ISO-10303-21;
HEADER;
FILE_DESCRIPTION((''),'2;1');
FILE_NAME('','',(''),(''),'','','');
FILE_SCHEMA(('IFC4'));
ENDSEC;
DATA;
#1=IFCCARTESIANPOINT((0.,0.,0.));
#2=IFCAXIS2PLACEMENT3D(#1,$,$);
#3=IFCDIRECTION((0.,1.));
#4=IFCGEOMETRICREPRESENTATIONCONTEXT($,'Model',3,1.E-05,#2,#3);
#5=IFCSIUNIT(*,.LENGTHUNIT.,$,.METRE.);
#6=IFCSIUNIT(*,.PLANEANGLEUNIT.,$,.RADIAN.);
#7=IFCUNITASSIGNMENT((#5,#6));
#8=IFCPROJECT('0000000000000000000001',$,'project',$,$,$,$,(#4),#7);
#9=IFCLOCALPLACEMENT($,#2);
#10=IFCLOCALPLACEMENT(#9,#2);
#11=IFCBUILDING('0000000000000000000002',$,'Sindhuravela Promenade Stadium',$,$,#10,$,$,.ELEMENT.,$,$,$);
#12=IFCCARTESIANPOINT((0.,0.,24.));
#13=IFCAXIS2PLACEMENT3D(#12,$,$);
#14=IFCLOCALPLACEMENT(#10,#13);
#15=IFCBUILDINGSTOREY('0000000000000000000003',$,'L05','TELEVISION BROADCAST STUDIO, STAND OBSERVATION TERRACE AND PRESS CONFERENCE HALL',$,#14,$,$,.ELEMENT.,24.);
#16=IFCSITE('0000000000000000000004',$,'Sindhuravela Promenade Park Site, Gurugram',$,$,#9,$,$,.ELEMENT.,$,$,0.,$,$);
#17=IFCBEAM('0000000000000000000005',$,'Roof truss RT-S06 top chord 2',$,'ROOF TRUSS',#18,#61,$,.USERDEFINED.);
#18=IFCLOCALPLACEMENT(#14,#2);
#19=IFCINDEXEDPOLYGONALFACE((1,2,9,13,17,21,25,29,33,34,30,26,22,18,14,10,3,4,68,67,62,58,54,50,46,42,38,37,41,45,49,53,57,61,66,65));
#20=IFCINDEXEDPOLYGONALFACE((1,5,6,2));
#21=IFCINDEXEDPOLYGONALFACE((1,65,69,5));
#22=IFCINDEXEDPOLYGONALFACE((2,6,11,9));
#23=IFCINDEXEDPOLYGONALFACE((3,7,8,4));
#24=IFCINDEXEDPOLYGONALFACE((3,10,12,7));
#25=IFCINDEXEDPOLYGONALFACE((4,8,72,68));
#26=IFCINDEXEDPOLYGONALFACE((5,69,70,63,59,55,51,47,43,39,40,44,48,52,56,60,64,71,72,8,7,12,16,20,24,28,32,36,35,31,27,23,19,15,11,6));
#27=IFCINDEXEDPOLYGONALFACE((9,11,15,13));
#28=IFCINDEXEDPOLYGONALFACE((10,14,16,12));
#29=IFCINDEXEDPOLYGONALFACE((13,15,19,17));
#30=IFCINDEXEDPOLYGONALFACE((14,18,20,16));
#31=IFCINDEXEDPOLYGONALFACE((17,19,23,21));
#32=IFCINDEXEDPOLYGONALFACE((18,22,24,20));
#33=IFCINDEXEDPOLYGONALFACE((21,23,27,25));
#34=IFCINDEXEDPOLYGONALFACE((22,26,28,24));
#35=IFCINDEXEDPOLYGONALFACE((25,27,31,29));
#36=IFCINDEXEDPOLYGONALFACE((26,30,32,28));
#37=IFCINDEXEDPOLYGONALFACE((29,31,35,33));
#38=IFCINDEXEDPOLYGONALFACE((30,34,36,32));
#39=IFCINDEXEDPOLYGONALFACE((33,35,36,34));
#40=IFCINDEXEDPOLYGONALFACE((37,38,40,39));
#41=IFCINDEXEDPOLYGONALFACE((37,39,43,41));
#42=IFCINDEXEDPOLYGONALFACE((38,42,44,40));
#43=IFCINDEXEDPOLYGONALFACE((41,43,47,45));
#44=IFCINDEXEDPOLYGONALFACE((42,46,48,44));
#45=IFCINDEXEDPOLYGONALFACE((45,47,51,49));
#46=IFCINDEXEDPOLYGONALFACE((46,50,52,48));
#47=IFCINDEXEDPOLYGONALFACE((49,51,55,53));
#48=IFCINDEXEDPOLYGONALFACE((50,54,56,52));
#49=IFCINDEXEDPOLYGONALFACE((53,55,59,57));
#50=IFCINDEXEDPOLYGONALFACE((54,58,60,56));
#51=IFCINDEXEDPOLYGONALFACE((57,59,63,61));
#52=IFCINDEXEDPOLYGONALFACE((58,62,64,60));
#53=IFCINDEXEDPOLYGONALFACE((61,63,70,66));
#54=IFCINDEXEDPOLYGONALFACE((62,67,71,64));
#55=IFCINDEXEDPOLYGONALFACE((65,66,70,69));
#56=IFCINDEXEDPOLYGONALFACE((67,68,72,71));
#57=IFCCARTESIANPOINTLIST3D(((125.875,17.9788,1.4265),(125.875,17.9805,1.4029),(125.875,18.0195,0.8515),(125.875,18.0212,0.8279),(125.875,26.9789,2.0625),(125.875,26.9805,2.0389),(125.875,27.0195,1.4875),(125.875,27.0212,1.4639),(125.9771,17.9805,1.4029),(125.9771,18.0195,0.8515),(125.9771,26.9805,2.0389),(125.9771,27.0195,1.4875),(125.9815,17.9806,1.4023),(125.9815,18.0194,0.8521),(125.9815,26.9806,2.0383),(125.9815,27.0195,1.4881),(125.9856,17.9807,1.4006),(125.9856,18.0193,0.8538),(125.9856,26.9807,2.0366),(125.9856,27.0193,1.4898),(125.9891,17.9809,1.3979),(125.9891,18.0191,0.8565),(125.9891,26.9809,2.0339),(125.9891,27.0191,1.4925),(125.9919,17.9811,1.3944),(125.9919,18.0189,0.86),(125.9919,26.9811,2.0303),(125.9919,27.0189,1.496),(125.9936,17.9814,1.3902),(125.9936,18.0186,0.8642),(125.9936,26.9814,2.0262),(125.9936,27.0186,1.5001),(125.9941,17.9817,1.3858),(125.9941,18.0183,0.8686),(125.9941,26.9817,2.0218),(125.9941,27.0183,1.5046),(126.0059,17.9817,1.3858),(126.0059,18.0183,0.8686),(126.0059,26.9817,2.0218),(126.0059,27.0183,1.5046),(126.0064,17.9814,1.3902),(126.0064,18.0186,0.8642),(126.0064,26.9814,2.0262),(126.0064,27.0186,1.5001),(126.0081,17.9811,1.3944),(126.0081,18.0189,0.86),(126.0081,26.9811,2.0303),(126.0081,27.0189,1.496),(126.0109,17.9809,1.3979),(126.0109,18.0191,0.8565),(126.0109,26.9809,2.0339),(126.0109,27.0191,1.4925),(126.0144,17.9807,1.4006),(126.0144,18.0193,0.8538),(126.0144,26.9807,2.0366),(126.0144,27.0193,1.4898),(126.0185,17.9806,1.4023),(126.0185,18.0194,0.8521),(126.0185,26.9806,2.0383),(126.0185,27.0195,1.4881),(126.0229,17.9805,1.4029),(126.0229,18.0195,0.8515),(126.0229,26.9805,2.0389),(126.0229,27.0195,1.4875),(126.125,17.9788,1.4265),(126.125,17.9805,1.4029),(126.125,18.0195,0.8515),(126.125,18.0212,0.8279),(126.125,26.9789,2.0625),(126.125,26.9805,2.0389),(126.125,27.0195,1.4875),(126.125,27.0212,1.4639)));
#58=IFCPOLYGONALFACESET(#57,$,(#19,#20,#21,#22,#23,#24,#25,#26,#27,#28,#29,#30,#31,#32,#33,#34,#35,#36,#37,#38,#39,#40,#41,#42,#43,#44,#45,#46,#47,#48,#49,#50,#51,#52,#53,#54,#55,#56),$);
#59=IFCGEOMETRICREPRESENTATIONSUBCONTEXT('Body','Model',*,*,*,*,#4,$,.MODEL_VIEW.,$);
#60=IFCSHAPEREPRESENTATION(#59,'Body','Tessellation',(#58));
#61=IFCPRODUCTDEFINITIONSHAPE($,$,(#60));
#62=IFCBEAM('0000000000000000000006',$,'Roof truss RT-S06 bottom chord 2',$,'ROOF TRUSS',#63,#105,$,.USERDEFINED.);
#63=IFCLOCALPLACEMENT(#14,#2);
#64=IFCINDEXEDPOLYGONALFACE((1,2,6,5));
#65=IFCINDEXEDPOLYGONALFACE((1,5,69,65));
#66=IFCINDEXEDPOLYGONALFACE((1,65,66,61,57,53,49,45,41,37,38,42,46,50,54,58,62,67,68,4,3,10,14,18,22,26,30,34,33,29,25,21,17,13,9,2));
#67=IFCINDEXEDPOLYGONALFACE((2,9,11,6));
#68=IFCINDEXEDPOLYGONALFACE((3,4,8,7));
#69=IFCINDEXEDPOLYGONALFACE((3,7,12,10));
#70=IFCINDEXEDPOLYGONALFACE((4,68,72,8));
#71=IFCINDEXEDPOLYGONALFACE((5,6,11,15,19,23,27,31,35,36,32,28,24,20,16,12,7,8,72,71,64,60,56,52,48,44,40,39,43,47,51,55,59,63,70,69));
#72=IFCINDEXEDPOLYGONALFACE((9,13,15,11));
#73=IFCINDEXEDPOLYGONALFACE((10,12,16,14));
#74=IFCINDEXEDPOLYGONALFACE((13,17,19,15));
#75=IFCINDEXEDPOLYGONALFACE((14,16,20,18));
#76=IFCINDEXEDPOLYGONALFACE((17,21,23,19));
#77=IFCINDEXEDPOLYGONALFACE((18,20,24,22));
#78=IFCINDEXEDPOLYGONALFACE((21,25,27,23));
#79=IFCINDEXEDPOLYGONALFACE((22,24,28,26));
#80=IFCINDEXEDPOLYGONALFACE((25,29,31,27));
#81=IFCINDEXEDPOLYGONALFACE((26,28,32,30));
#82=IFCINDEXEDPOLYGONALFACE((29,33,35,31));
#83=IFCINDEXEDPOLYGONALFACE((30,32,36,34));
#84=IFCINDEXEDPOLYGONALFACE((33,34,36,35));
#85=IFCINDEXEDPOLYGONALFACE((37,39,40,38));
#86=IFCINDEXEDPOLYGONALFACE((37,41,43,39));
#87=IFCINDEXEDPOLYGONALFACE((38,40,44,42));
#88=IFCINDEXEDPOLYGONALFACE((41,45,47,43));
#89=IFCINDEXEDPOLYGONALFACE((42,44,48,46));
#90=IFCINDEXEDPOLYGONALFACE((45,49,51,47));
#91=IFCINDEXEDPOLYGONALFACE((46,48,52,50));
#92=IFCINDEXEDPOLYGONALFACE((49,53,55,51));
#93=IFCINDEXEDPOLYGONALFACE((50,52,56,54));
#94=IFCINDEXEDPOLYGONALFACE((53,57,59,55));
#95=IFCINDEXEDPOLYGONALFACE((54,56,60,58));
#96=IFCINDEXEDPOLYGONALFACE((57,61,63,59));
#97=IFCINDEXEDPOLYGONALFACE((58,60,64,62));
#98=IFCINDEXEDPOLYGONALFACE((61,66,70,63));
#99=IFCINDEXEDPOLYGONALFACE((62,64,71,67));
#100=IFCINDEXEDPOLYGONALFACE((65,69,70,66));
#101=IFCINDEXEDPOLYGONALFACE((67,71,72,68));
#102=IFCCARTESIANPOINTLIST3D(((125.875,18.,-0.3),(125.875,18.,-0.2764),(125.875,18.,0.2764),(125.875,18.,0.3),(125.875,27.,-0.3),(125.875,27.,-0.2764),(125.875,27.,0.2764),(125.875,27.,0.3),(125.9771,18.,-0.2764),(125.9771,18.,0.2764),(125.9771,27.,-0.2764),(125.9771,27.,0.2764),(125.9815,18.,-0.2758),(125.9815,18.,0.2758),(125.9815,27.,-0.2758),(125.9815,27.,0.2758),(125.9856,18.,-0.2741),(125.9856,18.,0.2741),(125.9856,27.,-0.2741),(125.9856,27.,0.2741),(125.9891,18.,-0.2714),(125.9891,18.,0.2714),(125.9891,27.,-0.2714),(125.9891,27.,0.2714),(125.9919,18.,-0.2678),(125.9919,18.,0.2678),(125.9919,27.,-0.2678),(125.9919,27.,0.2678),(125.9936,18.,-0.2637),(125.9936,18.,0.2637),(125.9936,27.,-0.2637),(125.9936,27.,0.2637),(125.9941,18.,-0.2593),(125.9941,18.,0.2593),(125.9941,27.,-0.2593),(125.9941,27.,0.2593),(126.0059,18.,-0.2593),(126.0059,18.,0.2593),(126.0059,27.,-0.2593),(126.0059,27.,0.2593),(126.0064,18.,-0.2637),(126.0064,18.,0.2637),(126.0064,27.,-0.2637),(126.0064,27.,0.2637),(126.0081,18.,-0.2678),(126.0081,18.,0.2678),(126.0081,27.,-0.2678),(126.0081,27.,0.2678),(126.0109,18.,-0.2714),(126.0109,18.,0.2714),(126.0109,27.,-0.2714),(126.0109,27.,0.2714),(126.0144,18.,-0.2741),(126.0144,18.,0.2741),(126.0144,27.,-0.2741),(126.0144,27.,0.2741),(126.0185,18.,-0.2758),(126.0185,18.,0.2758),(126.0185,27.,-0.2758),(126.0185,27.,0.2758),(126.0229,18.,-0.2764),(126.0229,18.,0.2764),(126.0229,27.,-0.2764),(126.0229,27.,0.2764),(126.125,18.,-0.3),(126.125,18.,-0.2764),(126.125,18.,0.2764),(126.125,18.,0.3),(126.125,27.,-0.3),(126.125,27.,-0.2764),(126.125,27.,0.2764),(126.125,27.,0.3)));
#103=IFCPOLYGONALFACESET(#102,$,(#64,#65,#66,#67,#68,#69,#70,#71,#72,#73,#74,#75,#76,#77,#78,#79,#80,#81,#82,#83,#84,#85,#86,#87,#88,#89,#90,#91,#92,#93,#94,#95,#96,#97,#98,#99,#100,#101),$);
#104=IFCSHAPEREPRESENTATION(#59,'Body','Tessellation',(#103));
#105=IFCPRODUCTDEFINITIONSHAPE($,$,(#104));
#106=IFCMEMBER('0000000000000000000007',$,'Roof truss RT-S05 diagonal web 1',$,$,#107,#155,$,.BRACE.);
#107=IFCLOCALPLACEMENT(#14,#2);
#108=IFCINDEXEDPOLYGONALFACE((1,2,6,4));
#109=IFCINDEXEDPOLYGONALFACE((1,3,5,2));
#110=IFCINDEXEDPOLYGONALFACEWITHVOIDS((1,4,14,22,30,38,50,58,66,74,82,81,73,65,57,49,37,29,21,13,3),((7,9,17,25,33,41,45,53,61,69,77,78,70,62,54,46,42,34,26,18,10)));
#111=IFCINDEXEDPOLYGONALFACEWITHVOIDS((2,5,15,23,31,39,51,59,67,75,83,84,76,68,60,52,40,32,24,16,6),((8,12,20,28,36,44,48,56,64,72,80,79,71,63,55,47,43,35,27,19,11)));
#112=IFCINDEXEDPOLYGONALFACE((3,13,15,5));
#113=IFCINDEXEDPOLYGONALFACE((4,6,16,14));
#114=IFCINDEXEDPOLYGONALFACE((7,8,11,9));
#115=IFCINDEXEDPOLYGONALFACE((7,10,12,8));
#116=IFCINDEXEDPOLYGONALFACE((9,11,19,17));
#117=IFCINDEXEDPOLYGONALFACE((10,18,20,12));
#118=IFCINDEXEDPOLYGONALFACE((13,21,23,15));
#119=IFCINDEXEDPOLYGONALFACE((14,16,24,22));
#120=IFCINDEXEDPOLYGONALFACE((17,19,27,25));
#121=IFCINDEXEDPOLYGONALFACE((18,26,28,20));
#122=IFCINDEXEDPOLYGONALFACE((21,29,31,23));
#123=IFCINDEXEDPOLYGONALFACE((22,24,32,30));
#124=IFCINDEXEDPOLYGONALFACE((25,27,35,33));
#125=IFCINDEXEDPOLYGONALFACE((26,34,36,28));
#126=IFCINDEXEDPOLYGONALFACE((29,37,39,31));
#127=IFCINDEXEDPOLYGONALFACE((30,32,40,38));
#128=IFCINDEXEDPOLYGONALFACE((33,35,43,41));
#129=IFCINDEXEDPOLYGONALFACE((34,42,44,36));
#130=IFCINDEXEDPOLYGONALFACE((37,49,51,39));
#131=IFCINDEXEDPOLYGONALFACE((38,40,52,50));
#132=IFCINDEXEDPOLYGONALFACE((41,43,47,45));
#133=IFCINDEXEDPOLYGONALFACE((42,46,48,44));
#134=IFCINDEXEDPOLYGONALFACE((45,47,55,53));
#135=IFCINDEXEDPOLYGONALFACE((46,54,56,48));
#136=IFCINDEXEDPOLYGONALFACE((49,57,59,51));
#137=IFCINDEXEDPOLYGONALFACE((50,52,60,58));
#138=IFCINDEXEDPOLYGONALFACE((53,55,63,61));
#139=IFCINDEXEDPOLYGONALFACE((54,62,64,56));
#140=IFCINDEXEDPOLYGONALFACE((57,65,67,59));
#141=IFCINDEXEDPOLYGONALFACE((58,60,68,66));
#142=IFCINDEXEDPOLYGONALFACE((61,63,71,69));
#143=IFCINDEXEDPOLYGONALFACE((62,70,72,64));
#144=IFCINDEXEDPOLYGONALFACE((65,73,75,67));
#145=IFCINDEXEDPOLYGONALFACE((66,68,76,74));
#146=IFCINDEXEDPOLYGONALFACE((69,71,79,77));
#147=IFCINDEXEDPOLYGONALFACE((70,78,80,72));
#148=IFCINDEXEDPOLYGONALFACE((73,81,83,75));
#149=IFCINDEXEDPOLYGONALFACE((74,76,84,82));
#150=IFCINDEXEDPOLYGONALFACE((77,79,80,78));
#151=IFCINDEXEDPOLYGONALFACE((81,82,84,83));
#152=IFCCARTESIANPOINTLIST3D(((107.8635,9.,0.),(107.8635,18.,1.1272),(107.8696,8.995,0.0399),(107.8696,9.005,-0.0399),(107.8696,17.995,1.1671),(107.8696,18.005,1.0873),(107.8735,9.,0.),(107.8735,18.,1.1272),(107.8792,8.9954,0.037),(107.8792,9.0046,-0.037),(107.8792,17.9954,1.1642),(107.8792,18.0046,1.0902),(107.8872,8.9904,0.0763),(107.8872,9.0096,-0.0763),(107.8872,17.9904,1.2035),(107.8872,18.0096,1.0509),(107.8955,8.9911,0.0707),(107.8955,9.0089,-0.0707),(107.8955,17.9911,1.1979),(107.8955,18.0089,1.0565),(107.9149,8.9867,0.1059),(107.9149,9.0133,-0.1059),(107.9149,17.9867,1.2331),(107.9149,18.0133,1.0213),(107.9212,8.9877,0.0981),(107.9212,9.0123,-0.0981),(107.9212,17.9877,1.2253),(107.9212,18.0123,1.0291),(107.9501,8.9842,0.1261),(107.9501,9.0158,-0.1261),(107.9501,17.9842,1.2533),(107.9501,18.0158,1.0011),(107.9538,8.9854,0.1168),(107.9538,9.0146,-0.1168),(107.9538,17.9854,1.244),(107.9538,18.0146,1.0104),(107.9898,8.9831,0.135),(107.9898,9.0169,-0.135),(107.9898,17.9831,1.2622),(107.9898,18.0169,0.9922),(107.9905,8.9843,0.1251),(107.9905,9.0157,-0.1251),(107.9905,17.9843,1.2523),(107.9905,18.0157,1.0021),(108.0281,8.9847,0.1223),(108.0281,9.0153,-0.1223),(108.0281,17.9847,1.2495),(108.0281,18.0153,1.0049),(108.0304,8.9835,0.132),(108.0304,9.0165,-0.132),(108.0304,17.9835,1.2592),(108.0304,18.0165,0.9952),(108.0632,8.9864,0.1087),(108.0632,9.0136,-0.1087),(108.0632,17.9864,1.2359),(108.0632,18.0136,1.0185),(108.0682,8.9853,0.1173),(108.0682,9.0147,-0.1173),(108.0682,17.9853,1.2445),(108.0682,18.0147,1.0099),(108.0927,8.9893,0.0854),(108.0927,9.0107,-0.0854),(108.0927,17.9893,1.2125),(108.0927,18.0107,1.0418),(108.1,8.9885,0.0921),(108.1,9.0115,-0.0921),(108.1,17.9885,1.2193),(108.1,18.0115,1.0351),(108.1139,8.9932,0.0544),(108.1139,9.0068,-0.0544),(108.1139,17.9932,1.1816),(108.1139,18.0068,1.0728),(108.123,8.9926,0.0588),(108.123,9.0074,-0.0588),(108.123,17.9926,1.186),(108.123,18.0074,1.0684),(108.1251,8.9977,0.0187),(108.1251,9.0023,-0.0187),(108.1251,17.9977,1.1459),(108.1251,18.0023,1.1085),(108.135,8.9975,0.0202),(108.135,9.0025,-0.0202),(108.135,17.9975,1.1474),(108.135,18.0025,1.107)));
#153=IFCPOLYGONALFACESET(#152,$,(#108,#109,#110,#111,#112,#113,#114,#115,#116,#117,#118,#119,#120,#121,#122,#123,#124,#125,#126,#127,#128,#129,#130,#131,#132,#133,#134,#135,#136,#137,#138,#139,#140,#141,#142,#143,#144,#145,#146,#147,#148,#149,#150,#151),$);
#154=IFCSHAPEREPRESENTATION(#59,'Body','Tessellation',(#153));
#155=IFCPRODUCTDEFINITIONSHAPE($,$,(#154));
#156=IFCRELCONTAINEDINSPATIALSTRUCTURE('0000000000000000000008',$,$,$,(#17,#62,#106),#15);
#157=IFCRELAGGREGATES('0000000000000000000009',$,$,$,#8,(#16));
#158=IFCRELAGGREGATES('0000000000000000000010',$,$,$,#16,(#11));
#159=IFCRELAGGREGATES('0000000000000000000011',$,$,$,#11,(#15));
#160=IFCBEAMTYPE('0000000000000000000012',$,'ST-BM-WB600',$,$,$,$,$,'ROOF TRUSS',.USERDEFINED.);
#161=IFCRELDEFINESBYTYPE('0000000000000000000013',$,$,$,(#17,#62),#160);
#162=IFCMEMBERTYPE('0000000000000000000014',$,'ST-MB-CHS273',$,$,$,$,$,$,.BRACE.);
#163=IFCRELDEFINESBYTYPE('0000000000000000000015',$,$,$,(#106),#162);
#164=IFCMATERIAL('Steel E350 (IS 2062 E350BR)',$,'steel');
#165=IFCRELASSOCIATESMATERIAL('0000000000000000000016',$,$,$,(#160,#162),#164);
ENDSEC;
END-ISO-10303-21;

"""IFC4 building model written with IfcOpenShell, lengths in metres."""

from ifc_helpers import new_model, si_unit, direction, frame, origin, origin_2d, place, context, subcontext, project, spatial, hollow_circle, i_section, extrude, material, material_profile, profile_set, type_object, element, save


model = new_model("IFC4")

# Units and contexts
model_context = context("Model", 3, precision=1e-05, world=origin(), true_north=direction((0.0, 1.0)))
body_context = subcontext(model_context, "Body", "Model", "MODEL_VIEW")
ifc_project = project(units=[si_unit("LENGTHUNIT", "METRE"), si_unit("PLANEANGLEUNIT", "RADIAN")], contexts=[model_context])

# Site, building, storey
site_placement = place(None, origin())
site = spatial("IfcSite", under=ifc_project, at=site_placement, Name="Sindhuravela Promenade Park Site, Gurugram", CompositionType="ELEMENT", RefElevation=0.0)
building_placement = place(site_placement, origin())
building = spatial("IfcBuilding", under=site, at=building_placement, Name="Sindhuravela Promenade Stadium", CompositionType="ELEMENT")
storey_placement = place(building_placement, frame((0.0, 0.0, 24.0)))
storey = spatial("IfcBuildingStorey", under=building, at=storey_placement, Name="L05", Description="TELEVISION BROADCAST STUDIO, STAND OBSERVATION TERRACE AND PRESS CONFERENCE HALL", CompositionType="ELEMENT", Elevation=24.0)

# Beams
ifc_material_1 = material(Name="Steel E350 (IS 2062 E350BR)", Category="steel")
ifc_material_profile_1 = material_profile(ifc_material_1, i_section(OverallWidth=0.25, OverallDepth=0.6001, WebThickness=0.0117, FlangeThickness=0.0237, FilletRadius=0.0171, at=origin_2d()), Name="ISWB 600")
ifc_profile_set_1 = profile_set([ifc_material_profile_1], Name="Steel E350 (IS 2062 E350BR)")
beam_type = type_object("IfcBeamType", Name="ST-BM-WB600", ElementType="ROOF TRUSS", PredefinedType="USERDEFINED", material=ifc_profile_set_1)
beam_1_placement = place(storey_placement, frame((126.0, 18.0, 1.1272), z_axis=(0.0, 0.997513, 0.070489), x_axis=(-1.0, 0.0, 0.0)))
element("IfcBeam", 1, at=beam_1_placement, inside=storey, type_object=beam_type, Name="Roof truss RT-S06 top chord 2", ObjectType="ROOF TRUSS", PredefinedType="USERDEFINED", context=body_context, shape_type="SweptSolid", body=[
    extrude(i_section(OverallWidth=0.25, OverallDepth=0.6001, WebThickness=0.0117, FlangeThickness=0.0237, FilletRadius=0.0171, at=origin_2d()), origin(), (0.0, 0.0, 1.0), 9.0225),
])
beam_2_placement = place(storey_placement, frame((126.0, 18.0, 0.0), z_axis=(0.0, 1.0, 0.0), x_axis=(-1.0, 0.0, 0.0)))
element("IfcBeam", 2, at=beam_2_placement, inside=storey, type_object=beam_type, Name="Roof truss RT-S06 bottom chord 2", ObjectType="ROOF TRUSS", PredefinedType="USERDEFINED", context=body_context, shape_type="SweptSolid", body=[
    extrude(i_section(OverallWidth=0.25, OverallDepth=0.6001, WebThickness=0.0117, FlangeThickness=0.0237, FilletRadius=0.0171, at=origin_2d()), origin(), (0.0, 0.0, 1.0), 9.0),
])

# Member
ifc_material_profile_2 = material_profile(ifc_material_1, hollow_circle(Radius=0.1365, WallThickness=0.01, at=origin_2d()), Name="CHS 273.0x10")
ifc_profile_set_2 = profile_set([ifc_material_profile_2], Name="Steel E350 (IS 2062 E350BR)")
member_type_1 = type_object("IfcMemberType", Name="ST-MB-CHS273", PredefinedType="BRACE", material=ifc_profile_set_2)
for number, where, z_axis, x_axis, name in (
    (3, (108.0, 9.0, 0.0), (0.0, 0.992248, 0.124273), (-1.0, 0.0, 0.0), "Roof truss RT-S05 diagonal web 1"),
):
    element("IfcMember", number, at=place(storey_placement, frame(where, z_axis=z_axis, x_axis=x_axis)), inside=storey, type_object=member_type_1, Name=name, PredefinedType="BRACE", context=body_context, shape_type="SweptSolid", body=[
        extrude(hollow_circle(Radius=0.1365, WallThickness=0.01, at=origin_2d()), origin(), (0.0, 0.0, 1.0), 9.0703),
    ])

save(model, "model.ifc")
